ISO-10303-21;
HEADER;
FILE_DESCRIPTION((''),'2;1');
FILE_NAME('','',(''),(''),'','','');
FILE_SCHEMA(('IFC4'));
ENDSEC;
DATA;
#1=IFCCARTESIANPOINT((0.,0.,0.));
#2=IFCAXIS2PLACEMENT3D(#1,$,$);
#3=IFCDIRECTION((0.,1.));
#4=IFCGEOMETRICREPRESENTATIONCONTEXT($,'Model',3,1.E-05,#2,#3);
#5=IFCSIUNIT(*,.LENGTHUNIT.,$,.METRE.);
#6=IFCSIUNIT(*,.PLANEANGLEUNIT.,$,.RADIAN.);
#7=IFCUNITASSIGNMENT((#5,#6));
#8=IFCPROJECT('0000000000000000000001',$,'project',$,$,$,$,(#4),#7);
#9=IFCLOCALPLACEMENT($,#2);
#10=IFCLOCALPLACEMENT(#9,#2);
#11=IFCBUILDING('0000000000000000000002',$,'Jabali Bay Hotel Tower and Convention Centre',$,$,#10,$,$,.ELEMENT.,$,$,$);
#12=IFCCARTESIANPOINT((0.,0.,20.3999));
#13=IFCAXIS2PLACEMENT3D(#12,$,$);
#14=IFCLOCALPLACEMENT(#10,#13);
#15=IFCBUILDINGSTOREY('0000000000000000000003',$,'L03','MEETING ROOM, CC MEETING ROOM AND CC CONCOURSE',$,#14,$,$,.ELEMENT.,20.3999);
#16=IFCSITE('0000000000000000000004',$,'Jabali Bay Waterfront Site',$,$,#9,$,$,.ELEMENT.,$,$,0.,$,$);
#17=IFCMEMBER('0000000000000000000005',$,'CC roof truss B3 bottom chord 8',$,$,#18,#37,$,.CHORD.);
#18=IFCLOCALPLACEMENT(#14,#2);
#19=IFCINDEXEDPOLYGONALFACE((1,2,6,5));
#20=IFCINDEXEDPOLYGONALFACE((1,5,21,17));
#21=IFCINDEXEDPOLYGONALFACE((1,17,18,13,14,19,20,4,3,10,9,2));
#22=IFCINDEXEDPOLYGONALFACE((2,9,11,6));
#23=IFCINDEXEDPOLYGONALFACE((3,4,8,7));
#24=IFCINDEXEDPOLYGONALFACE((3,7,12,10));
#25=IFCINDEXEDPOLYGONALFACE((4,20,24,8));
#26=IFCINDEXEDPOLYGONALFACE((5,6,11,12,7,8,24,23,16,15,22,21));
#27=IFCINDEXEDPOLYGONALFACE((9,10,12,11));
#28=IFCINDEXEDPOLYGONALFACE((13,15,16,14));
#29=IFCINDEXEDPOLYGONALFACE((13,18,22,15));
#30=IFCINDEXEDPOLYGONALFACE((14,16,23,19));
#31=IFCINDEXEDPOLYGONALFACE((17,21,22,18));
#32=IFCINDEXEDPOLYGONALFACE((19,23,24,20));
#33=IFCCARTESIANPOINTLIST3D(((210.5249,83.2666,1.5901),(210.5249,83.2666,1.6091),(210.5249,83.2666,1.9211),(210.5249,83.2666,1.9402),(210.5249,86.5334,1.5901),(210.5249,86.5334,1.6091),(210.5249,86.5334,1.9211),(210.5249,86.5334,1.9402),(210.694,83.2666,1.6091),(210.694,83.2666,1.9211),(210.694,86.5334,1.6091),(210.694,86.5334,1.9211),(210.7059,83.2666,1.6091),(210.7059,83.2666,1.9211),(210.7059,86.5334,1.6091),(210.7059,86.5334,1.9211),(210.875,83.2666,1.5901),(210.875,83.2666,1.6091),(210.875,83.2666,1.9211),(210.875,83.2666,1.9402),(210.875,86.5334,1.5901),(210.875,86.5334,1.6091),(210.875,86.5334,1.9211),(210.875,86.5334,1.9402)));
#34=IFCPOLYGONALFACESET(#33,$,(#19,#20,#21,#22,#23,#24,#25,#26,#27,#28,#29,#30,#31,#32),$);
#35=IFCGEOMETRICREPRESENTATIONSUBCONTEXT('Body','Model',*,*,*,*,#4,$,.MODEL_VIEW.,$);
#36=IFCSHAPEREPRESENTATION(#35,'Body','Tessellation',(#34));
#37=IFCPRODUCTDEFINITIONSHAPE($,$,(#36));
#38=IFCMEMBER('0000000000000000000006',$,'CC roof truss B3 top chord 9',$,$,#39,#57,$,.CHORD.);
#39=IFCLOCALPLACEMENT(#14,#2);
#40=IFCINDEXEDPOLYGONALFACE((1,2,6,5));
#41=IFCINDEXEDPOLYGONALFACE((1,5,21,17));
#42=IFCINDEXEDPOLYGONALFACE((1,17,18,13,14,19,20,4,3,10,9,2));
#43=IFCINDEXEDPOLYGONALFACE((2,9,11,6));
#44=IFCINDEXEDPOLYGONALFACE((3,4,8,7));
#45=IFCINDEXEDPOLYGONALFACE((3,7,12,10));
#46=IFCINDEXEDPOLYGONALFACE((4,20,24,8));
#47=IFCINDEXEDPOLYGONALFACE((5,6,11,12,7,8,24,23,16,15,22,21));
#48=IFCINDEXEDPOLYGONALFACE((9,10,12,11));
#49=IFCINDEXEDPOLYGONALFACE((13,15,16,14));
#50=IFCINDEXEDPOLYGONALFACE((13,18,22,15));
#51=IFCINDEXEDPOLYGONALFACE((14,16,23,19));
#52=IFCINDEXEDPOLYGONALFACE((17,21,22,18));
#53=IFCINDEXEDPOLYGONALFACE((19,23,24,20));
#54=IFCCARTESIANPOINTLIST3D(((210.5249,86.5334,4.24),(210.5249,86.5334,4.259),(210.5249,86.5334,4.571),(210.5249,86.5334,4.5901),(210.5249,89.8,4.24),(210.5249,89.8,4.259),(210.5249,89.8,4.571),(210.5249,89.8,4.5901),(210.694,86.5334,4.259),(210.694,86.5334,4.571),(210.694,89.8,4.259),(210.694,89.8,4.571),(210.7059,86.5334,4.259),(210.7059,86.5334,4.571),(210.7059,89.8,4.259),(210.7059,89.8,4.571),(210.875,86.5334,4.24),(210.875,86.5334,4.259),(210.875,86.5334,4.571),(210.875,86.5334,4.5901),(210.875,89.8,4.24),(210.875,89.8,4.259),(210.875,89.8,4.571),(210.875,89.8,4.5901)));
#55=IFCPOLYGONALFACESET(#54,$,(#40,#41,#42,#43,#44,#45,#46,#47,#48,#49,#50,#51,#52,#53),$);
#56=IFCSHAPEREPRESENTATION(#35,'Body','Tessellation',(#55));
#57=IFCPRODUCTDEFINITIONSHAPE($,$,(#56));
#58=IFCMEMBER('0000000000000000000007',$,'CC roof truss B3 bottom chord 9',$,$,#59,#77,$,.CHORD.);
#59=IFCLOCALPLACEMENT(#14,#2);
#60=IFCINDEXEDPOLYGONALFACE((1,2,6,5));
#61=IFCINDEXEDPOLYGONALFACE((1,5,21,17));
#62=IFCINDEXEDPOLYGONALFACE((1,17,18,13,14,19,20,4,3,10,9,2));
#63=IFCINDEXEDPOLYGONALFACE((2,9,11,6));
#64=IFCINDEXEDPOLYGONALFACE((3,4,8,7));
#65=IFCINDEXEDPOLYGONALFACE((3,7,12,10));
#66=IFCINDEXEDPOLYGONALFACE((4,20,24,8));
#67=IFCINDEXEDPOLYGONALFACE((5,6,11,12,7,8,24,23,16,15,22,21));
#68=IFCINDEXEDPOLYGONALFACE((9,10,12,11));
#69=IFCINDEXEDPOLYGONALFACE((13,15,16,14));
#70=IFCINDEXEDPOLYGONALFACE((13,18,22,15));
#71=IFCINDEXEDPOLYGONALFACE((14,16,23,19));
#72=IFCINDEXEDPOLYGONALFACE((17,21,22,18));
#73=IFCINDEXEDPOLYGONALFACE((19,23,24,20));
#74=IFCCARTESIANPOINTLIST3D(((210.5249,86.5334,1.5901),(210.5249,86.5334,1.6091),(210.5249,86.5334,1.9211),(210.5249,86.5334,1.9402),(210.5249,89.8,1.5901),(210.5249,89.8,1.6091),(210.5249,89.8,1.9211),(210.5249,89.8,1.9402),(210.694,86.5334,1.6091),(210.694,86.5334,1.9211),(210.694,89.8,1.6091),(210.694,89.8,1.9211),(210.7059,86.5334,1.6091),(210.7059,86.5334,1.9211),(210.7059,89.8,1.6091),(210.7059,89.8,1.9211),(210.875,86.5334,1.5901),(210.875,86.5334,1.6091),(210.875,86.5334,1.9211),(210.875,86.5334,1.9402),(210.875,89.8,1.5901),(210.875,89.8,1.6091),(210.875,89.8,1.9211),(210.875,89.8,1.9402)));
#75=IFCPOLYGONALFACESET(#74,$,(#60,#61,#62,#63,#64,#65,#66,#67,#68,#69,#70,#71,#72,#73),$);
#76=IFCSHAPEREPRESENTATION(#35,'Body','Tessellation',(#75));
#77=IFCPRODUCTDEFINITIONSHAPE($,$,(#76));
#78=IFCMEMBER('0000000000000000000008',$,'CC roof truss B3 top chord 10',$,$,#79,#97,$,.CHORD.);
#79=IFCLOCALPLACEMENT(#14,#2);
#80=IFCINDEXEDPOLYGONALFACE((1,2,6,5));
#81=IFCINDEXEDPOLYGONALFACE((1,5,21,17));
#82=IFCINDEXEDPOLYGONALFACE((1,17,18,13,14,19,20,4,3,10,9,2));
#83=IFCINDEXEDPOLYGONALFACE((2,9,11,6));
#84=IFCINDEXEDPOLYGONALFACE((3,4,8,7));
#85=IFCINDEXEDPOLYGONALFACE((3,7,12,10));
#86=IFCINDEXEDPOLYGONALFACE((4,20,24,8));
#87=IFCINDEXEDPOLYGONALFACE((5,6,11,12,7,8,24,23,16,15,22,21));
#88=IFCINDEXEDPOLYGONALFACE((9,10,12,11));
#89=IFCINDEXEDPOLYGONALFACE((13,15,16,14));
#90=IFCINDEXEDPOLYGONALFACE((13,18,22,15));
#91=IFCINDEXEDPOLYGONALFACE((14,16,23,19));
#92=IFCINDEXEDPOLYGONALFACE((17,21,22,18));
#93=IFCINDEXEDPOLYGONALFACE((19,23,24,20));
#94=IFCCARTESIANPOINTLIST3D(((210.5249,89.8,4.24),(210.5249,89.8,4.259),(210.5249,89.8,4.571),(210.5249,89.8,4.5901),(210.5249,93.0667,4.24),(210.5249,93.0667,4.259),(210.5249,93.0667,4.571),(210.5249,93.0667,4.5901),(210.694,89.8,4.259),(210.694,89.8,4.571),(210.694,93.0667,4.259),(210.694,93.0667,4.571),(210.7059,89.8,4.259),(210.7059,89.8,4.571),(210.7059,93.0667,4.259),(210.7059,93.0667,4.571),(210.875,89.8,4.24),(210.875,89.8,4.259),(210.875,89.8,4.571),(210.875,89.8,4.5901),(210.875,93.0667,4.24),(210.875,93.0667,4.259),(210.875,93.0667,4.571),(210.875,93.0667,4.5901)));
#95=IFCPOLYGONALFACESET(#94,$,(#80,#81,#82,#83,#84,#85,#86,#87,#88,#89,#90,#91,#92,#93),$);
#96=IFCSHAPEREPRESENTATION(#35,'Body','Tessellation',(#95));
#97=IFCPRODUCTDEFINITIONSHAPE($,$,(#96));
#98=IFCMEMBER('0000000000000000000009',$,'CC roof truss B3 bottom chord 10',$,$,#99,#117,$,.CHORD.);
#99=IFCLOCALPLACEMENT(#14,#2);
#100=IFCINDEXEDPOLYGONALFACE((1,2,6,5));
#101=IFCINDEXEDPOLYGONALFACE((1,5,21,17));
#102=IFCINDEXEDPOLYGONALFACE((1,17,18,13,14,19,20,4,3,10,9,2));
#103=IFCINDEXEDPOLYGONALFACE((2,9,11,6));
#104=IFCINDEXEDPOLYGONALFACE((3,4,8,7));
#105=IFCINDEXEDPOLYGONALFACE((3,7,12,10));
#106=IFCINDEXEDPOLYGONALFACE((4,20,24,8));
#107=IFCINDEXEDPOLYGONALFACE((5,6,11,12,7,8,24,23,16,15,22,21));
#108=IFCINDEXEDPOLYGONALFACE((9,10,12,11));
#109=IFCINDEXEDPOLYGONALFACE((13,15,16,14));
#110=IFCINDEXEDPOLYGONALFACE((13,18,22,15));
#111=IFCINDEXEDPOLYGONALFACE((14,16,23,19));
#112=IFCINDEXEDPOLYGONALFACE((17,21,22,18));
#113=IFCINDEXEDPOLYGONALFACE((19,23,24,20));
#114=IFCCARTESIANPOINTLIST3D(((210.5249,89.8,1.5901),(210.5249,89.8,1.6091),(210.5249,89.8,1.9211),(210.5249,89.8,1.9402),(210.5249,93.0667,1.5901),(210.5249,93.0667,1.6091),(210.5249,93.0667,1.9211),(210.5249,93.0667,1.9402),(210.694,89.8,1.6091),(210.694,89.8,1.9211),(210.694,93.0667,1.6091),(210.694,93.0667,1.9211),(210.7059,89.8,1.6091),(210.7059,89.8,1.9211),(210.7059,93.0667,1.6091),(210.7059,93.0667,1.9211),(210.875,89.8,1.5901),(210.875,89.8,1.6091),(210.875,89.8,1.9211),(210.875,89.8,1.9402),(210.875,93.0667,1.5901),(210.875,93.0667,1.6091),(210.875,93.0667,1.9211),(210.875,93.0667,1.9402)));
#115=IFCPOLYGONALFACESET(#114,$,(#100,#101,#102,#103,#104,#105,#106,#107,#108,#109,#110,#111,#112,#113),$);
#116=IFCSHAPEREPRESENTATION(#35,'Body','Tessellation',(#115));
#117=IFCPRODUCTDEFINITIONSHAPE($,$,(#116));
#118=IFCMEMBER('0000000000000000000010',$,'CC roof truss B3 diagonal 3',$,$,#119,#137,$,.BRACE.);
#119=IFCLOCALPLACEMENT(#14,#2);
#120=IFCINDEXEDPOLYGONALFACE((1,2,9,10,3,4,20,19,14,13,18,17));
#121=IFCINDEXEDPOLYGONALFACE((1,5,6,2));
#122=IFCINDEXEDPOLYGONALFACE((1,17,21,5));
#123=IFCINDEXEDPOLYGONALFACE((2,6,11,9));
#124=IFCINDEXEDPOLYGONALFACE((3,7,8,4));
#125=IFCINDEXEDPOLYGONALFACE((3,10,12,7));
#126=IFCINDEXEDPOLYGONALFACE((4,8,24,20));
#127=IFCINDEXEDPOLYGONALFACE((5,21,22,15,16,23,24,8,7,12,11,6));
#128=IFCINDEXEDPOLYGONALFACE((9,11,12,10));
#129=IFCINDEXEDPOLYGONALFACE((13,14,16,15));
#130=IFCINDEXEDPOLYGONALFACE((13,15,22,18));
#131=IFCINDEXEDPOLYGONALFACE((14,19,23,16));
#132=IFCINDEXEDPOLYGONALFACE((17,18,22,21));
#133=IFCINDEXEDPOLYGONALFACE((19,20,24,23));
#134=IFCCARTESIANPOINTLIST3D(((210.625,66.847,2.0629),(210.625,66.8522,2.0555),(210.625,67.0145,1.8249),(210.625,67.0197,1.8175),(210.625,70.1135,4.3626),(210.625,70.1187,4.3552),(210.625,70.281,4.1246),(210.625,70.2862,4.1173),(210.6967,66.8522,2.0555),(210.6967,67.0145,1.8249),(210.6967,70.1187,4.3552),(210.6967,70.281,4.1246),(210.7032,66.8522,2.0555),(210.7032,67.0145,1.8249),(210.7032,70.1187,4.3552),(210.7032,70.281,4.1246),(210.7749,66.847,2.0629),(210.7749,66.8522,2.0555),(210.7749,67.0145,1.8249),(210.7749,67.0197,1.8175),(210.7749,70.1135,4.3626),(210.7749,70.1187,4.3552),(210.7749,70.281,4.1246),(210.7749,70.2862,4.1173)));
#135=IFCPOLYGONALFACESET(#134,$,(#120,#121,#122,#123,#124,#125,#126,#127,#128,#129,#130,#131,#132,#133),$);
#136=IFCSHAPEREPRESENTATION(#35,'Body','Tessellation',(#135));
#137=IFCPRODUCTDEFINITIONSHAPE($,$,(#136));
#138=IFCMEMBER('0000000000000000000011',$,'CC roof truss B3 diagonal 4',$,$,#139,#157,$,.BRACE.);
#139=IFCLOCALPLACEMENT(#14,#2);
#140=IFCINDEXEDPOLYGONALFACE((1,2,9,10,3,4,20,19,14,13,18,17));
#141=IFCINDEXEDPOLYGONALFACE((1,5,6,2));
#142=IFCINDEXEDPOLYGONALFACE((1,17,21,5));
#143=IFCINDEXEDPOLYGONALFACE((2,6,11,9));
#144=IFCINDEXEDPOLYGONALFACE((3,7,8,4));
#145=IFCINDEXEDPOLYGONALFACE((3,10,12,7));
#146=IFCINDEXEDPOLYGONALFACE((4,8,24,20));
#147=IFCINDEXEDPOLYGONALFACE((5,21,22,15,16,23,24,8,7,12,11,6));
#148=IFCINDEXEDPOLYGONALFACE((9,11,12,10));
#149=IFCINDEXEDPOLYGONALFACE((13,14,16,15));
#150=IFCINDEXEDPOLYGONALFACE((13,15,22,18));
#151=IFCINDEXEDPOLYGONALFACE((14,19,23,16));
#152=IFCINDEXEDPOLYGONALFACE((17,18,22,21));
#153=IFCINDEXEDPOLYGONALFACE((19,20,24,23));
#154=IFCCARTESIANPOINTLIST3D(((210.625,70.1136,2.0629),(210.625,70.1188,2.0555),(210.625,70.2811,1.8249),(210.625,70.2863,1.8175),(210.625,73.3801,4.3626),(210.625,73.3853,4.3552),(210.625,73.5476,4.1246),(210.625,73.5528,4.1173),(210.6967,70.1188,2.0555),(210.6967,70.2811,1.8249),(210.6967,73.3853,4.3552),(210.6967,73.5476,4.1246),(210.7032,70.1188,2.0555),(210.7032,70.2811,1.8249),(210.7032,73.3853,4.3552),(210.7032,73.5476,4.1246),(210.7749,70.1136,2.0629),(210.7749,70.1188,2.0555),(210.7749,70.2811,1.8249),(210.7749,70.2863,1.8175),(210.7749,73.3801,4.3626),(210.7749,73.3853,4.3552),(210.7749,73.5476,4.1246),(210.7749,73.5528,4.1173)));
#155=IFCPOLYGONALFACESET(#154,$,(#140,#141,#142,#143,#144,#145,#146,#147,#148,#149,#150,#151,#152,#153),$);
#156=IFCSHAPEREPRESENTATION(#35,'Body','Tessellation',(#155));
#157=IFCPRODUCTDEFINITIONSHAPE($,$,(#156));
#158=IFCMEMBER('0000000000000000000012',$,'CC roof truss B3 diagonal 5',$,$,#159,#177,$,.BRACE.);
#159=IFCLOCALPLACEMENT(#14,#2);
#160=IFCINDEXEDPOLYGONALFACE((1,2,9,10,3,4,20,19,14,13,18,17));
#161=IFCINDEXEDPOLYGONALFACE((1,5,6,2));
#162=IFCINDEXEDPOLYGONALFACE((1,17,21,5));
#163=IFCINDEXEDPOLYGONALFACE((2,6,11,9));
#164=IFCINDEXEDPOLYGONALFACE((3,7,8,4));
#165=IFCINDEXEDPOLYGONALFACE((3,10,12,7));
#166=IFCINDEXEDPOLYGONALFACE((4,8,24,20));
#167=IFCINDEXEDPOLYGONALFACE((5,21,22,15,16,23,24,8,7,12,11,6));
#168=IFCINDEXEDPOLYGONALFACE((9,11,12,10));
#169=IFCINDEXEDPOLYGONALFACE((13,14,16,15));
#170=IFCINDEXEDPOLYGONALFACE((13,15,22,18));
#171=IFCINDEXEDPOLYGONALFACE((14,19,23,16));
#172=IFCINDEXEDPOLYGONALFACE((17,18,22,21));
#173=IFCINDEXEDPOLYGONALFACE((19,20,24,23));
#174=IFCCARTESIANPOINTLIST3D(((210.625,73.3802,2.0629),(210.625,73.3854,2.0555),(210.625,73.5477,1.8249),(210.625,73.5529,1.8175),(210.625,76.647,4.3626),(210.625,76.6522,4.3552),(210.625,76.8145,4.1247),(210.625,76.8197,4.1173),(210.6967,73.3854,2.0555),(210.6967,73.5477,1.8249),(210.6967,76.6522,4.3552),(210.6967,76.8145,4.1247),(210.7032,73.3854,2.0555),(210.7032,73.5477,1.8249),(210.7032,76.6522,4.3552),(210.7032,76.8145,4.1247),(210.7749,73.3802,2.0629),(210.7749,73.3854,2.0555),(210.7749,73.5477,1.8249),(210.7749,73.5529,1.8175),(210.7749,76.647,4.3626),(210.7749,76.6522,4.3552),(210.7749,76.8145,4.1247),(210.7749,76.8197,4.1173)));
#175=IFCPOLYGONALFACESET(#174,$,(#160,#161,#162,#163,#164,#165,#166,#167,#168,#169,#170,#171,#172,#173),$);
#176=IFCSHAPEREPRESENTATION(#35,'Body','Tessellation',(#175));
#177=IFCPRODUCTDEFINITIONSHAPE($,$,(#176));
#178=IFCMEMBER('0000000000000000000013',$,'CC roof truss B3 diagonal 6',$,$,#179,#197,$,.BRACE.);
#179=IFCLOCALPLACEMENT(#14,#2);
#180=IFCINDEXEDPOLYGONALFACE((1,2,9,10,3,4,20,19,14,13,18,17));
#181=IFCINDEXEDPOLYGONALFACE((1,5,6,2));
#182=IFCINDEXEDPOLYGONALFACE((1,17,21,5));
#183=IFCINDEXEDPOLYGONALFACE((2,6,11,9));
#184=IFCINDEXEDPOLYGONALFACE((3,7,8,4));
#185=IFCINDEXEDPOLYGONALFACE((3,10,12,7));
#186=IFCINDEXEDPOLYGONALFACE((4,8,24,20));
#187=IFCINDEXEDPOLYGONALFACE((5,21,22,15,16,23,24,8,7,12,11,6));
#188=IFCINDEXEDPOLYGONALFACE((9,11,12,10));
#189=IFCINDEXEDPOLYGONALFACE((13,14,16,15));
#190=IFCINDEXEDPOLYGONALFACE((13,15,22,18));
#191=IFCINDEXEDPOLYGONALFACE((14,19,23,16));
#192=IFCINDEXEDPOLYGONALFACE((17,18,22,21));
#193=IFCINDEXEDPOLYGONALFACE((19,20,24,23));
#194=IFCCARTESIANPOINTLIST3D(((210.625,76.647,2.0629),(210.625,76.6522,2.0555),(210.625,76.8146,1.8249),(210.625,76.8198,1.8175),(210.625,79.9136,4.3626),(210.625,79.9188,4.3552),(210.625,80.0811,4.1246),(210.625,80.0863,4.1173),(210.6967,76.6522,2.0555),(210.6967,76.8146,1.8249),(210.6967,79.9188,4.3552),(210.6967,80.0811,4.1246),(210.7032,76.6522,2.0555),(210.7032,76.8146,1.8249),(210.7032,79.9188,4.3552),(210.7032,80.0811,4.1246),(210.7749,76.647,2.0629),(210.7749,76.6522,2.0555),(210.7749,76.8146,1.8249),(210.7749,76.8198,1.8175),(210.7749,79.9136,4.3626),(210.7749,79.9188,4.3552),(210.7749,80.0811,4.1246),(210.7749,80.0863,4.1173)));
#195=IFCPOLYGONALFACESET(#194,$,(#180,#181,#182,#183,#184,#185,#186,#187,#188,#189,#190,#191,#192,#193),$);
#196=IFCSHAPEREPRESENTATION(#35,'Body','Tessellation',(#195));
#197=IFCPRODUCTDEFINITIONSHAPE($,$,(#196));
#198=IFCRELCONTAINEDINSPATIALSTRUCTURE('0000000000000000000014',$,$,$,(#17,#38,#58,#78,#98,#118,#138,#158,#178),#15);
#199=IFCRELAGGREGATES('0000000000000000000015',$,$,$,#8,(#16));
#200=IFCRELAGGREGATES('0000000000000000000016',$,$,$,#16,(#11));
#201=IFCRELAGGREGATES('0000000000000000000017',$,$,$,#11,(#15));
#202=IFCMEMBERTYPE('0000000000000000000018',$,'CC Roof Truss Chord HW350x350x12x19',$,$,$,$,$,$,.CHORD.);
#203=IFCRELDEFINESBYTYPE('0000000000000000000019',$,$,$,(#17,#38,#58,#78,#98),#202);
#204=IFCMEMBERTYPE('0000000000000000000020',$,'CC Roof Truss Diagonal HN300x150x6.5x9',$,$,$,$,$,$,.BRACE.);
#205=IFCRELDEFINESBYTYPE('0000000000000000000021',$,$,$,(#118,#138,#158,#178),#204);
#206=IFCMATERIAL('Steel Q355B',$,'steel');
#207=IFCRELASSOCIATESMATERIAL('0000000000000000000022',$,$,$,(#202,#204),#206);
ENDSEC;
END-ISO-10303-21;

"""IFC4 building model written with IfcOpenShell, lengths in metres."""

from ifc_helpers import new_model, si_unit, direction, frame, origin, origin_2d, place, context, subcontext, project, spatial, i_section, extrude, material, material_profile, profile_set, type_object, element, save


model = new_model("IFC4")

# Units and contexts
model_context = context("Model", 3, precision=1e-05, world=origin(), true_north=direction((0.0, 1.0)))
body_context = subcontext(model_context, "Body", "Model", "MODEL_VIEW")
ifc_project = project(units=[si_unit("LENGTHUNIT", "METRE"), si_unit("PLANEANGLEUNIT", "RADIAN")], contexts=[model_context])

# Site, building, storey
site_placement = place(None, origin())
site = spatial("IfcSite", under=ifc_project, at=site_placement, Name="Jabali Bay Waterfront Site", CompositionType="ELEMENT", RefElevation=0.0)
building_placement = place(site_placement, origin())
building = spatial("IfcBuilding", under=site, at=building_placement, Name="Jabali Bay Hotel Tower and Convention Centre", CompositionType="ELEMENT")
storey_placement = place(building_placement, frame((0.0, 0.0, 20.3999)))
storey = spatial("IfcBuildingStorey", under=building, at=storey_placement, Name="L03", Description="MEETING ROOM, CC MEETING ROOM AND CC CONCOURSE", CompositionType="ELEMENT", Elevation=20.3999)

# Members
ifc_material = material(Name="Steel Q355B", Category="steel")
ifc_material_profile_1 = material_profile(ifc_material, i_section(OverallWidth=0.3501, OverallDepth=0.3501, WebThickness=0.012, FlangeThickness=0.019, at=origin_2d()), Name="HW350x350x12x19")
ifc_profile_set_1 = profile_set([ifc_material_profile_1], Name="Steel Q355B")
member_type_1 = type_object("IfcMemberType", Name="CC Roof Truss Chord HW350x350x12x19", PredefinedType="CHORD", material=ifc_profile_set_1)
for number, where, z_axis, x_axis, name in (
    (1, (210.7, 83.2666, 1.7651), (0.0, 1.0, 0.0), (-1.0, 0.0, 0.0), "CC roof truss B3 bottom chord 8"),
):
    element("IfcMember", number, at=place(storey_placement, frame(where, z_axis=z_axis, x_axis=x_axis)), inside=storey, type_object=member_type_1, Name=name, PredefinedType="CHORD", context=body_context, shape_type="SweptSolid", body=[
        extrude(i_section(OverallWidth=0.3501, OverallDepth=0.3501, WebThickness=0.012, FlangeThickness=0.019, at=origin_2d()), origin(), (0.0, 0.0, 1.0), 3.2668),
    ])
for number, where, z_axis, x_axis, name in (
    (2, (210.7, 86.5334, 4.415), (0.0, 1.0, 0.0), (-1.0, 0.0, 0.0), "CC roof truss B3 top chord 9"),
    (3, (210.7, 86.5334, 1.7651), (0.0, 1.0, 0.0), (-1.0, 0.0, 0.0), "CC roof truss B3 bottom chord 9"),
    (4, (210.7, 89.8, 4.415), (0.0, 1.0, 0.0), (-1.0, 0.0, 0.0), "CC roof truss B3 top chord 10"),
    (5, (210.7, 89.8, 1.7651), (0.0, 1.0, 0.0), (-1.0, 0.0, 0.0), "CC roof truss B3 bottom chord 10"),
):
    element("IfcMember", number, at=place(storey_placement, frame(where, z_axis=z_axis, x_axis=x_axis)), inside=storey, type_object=member_type_1, Name=name, PredefinedType="CHORD", context=body_context, shape_type="SweptSolid", body=[
        extrude(i_section(OverallWidth=0.3501, OverallDepth=0.3501, WebThickness=0.012, FlangeThickness=0.019, at=origin_2d()), origin(), (0.0, 0.0, 1.0), 3.2666),
    ])
ifc_material_profile_2 = material_profile(ifc_material, i_section(OverallWidth=0.1499, OverallDepth=0.3, WebThickness=0.0066, FlangeThickness=0.009, at=origin_2d()), Name="HN300x150x6.5x9")
ifc_profile_set_2 = profile_set([ifc_material_profile_2], Name="Steel Q355B")
member_type_2 = type_object("IfcMemberType", Name="CC Roof Truss Diagonal HN300x150x6.5x9", PredefinedType="BRACE", material=ifc_profile_set_2)
for number, where, z_axis, x_axis, name in (
    (6, (210.7, 66.9333, 1.9402), (0.0, 0.817679, 0.575675), (-1.0, 0.0, 0.0), "CC roof truss B3 diagonal 3"),
    (7, (210.7, 70.2, 1.9402), (0.0, 0.817679, 0.575675), (-1.0, 0.0, 0.0), "CC roof truss B3 diagonal 4"),
):
    element("IfcMember", number, at=place(storey_placement, frame(where, z_axis=z_axis, x_axis=x_axis)), inside=storey, type_object=member_type_2, Name=name, PredefinedType="BRACE", context=body_context, shape_type="SweptSolid", body=[
        extrude(i_section(OverallWidth=0.1499, OverallDepth=0.3, WebThickness=0.0066, FlangeThickness=0.009, at=origin_2d()), origin(), (0.0, 0.0, 1.0), 3.9949),
    ])
member_1_placement = place(storey_placement, frame((210.7, 73.4666, 1.9402), z_axis=(0.0, 0.817699, 0.575646), x_axis=(-1.0, 0.0, 0.0)))
element("IfcMember", 8, at=member_1_placement, inside=storey, type_object=member_type_2, Name="CC roof truss B3 diagonal 5", PredefinedType="BRACE", context=body_context, shape_type="SweptSolid", body=[
    extrude(i_section(OverallWidth=0.1499, OverallDepth=0.3, WebThickness=0.0066, FlangeThickness=0.009, at=origin_2d()), origin(), (0.0, 0.0, 1.0), 3.9951),
])
for number, where, z_axis, x_axis, name in (
    (9, (210.7, 76.7334, 1.9402), (0.0, 0.817679, 0.575675), (-1.0, 0.0, 0.0), "CC roof truss B3 diagonal 6"),
):
    element("IfcMember", number, at=place(storey_placement, frame(where, z_axis=z_axis, x_axis=x_axis)), inside=storey, type_object=member_type_2, Name=name, PredefinedType="BRACE", context=body_context, shape_type="SweptSolid", body=[
        extrude(i_section(OverallWidth=0.1499, OverallDepth=0.3, WebThickness=0.0066, FlangeThickness=0.009, at=origin_2d()), origin(), (0.0, 0.0, 1.0), 3.9949),
    ])

save(model, "model.ifc")
